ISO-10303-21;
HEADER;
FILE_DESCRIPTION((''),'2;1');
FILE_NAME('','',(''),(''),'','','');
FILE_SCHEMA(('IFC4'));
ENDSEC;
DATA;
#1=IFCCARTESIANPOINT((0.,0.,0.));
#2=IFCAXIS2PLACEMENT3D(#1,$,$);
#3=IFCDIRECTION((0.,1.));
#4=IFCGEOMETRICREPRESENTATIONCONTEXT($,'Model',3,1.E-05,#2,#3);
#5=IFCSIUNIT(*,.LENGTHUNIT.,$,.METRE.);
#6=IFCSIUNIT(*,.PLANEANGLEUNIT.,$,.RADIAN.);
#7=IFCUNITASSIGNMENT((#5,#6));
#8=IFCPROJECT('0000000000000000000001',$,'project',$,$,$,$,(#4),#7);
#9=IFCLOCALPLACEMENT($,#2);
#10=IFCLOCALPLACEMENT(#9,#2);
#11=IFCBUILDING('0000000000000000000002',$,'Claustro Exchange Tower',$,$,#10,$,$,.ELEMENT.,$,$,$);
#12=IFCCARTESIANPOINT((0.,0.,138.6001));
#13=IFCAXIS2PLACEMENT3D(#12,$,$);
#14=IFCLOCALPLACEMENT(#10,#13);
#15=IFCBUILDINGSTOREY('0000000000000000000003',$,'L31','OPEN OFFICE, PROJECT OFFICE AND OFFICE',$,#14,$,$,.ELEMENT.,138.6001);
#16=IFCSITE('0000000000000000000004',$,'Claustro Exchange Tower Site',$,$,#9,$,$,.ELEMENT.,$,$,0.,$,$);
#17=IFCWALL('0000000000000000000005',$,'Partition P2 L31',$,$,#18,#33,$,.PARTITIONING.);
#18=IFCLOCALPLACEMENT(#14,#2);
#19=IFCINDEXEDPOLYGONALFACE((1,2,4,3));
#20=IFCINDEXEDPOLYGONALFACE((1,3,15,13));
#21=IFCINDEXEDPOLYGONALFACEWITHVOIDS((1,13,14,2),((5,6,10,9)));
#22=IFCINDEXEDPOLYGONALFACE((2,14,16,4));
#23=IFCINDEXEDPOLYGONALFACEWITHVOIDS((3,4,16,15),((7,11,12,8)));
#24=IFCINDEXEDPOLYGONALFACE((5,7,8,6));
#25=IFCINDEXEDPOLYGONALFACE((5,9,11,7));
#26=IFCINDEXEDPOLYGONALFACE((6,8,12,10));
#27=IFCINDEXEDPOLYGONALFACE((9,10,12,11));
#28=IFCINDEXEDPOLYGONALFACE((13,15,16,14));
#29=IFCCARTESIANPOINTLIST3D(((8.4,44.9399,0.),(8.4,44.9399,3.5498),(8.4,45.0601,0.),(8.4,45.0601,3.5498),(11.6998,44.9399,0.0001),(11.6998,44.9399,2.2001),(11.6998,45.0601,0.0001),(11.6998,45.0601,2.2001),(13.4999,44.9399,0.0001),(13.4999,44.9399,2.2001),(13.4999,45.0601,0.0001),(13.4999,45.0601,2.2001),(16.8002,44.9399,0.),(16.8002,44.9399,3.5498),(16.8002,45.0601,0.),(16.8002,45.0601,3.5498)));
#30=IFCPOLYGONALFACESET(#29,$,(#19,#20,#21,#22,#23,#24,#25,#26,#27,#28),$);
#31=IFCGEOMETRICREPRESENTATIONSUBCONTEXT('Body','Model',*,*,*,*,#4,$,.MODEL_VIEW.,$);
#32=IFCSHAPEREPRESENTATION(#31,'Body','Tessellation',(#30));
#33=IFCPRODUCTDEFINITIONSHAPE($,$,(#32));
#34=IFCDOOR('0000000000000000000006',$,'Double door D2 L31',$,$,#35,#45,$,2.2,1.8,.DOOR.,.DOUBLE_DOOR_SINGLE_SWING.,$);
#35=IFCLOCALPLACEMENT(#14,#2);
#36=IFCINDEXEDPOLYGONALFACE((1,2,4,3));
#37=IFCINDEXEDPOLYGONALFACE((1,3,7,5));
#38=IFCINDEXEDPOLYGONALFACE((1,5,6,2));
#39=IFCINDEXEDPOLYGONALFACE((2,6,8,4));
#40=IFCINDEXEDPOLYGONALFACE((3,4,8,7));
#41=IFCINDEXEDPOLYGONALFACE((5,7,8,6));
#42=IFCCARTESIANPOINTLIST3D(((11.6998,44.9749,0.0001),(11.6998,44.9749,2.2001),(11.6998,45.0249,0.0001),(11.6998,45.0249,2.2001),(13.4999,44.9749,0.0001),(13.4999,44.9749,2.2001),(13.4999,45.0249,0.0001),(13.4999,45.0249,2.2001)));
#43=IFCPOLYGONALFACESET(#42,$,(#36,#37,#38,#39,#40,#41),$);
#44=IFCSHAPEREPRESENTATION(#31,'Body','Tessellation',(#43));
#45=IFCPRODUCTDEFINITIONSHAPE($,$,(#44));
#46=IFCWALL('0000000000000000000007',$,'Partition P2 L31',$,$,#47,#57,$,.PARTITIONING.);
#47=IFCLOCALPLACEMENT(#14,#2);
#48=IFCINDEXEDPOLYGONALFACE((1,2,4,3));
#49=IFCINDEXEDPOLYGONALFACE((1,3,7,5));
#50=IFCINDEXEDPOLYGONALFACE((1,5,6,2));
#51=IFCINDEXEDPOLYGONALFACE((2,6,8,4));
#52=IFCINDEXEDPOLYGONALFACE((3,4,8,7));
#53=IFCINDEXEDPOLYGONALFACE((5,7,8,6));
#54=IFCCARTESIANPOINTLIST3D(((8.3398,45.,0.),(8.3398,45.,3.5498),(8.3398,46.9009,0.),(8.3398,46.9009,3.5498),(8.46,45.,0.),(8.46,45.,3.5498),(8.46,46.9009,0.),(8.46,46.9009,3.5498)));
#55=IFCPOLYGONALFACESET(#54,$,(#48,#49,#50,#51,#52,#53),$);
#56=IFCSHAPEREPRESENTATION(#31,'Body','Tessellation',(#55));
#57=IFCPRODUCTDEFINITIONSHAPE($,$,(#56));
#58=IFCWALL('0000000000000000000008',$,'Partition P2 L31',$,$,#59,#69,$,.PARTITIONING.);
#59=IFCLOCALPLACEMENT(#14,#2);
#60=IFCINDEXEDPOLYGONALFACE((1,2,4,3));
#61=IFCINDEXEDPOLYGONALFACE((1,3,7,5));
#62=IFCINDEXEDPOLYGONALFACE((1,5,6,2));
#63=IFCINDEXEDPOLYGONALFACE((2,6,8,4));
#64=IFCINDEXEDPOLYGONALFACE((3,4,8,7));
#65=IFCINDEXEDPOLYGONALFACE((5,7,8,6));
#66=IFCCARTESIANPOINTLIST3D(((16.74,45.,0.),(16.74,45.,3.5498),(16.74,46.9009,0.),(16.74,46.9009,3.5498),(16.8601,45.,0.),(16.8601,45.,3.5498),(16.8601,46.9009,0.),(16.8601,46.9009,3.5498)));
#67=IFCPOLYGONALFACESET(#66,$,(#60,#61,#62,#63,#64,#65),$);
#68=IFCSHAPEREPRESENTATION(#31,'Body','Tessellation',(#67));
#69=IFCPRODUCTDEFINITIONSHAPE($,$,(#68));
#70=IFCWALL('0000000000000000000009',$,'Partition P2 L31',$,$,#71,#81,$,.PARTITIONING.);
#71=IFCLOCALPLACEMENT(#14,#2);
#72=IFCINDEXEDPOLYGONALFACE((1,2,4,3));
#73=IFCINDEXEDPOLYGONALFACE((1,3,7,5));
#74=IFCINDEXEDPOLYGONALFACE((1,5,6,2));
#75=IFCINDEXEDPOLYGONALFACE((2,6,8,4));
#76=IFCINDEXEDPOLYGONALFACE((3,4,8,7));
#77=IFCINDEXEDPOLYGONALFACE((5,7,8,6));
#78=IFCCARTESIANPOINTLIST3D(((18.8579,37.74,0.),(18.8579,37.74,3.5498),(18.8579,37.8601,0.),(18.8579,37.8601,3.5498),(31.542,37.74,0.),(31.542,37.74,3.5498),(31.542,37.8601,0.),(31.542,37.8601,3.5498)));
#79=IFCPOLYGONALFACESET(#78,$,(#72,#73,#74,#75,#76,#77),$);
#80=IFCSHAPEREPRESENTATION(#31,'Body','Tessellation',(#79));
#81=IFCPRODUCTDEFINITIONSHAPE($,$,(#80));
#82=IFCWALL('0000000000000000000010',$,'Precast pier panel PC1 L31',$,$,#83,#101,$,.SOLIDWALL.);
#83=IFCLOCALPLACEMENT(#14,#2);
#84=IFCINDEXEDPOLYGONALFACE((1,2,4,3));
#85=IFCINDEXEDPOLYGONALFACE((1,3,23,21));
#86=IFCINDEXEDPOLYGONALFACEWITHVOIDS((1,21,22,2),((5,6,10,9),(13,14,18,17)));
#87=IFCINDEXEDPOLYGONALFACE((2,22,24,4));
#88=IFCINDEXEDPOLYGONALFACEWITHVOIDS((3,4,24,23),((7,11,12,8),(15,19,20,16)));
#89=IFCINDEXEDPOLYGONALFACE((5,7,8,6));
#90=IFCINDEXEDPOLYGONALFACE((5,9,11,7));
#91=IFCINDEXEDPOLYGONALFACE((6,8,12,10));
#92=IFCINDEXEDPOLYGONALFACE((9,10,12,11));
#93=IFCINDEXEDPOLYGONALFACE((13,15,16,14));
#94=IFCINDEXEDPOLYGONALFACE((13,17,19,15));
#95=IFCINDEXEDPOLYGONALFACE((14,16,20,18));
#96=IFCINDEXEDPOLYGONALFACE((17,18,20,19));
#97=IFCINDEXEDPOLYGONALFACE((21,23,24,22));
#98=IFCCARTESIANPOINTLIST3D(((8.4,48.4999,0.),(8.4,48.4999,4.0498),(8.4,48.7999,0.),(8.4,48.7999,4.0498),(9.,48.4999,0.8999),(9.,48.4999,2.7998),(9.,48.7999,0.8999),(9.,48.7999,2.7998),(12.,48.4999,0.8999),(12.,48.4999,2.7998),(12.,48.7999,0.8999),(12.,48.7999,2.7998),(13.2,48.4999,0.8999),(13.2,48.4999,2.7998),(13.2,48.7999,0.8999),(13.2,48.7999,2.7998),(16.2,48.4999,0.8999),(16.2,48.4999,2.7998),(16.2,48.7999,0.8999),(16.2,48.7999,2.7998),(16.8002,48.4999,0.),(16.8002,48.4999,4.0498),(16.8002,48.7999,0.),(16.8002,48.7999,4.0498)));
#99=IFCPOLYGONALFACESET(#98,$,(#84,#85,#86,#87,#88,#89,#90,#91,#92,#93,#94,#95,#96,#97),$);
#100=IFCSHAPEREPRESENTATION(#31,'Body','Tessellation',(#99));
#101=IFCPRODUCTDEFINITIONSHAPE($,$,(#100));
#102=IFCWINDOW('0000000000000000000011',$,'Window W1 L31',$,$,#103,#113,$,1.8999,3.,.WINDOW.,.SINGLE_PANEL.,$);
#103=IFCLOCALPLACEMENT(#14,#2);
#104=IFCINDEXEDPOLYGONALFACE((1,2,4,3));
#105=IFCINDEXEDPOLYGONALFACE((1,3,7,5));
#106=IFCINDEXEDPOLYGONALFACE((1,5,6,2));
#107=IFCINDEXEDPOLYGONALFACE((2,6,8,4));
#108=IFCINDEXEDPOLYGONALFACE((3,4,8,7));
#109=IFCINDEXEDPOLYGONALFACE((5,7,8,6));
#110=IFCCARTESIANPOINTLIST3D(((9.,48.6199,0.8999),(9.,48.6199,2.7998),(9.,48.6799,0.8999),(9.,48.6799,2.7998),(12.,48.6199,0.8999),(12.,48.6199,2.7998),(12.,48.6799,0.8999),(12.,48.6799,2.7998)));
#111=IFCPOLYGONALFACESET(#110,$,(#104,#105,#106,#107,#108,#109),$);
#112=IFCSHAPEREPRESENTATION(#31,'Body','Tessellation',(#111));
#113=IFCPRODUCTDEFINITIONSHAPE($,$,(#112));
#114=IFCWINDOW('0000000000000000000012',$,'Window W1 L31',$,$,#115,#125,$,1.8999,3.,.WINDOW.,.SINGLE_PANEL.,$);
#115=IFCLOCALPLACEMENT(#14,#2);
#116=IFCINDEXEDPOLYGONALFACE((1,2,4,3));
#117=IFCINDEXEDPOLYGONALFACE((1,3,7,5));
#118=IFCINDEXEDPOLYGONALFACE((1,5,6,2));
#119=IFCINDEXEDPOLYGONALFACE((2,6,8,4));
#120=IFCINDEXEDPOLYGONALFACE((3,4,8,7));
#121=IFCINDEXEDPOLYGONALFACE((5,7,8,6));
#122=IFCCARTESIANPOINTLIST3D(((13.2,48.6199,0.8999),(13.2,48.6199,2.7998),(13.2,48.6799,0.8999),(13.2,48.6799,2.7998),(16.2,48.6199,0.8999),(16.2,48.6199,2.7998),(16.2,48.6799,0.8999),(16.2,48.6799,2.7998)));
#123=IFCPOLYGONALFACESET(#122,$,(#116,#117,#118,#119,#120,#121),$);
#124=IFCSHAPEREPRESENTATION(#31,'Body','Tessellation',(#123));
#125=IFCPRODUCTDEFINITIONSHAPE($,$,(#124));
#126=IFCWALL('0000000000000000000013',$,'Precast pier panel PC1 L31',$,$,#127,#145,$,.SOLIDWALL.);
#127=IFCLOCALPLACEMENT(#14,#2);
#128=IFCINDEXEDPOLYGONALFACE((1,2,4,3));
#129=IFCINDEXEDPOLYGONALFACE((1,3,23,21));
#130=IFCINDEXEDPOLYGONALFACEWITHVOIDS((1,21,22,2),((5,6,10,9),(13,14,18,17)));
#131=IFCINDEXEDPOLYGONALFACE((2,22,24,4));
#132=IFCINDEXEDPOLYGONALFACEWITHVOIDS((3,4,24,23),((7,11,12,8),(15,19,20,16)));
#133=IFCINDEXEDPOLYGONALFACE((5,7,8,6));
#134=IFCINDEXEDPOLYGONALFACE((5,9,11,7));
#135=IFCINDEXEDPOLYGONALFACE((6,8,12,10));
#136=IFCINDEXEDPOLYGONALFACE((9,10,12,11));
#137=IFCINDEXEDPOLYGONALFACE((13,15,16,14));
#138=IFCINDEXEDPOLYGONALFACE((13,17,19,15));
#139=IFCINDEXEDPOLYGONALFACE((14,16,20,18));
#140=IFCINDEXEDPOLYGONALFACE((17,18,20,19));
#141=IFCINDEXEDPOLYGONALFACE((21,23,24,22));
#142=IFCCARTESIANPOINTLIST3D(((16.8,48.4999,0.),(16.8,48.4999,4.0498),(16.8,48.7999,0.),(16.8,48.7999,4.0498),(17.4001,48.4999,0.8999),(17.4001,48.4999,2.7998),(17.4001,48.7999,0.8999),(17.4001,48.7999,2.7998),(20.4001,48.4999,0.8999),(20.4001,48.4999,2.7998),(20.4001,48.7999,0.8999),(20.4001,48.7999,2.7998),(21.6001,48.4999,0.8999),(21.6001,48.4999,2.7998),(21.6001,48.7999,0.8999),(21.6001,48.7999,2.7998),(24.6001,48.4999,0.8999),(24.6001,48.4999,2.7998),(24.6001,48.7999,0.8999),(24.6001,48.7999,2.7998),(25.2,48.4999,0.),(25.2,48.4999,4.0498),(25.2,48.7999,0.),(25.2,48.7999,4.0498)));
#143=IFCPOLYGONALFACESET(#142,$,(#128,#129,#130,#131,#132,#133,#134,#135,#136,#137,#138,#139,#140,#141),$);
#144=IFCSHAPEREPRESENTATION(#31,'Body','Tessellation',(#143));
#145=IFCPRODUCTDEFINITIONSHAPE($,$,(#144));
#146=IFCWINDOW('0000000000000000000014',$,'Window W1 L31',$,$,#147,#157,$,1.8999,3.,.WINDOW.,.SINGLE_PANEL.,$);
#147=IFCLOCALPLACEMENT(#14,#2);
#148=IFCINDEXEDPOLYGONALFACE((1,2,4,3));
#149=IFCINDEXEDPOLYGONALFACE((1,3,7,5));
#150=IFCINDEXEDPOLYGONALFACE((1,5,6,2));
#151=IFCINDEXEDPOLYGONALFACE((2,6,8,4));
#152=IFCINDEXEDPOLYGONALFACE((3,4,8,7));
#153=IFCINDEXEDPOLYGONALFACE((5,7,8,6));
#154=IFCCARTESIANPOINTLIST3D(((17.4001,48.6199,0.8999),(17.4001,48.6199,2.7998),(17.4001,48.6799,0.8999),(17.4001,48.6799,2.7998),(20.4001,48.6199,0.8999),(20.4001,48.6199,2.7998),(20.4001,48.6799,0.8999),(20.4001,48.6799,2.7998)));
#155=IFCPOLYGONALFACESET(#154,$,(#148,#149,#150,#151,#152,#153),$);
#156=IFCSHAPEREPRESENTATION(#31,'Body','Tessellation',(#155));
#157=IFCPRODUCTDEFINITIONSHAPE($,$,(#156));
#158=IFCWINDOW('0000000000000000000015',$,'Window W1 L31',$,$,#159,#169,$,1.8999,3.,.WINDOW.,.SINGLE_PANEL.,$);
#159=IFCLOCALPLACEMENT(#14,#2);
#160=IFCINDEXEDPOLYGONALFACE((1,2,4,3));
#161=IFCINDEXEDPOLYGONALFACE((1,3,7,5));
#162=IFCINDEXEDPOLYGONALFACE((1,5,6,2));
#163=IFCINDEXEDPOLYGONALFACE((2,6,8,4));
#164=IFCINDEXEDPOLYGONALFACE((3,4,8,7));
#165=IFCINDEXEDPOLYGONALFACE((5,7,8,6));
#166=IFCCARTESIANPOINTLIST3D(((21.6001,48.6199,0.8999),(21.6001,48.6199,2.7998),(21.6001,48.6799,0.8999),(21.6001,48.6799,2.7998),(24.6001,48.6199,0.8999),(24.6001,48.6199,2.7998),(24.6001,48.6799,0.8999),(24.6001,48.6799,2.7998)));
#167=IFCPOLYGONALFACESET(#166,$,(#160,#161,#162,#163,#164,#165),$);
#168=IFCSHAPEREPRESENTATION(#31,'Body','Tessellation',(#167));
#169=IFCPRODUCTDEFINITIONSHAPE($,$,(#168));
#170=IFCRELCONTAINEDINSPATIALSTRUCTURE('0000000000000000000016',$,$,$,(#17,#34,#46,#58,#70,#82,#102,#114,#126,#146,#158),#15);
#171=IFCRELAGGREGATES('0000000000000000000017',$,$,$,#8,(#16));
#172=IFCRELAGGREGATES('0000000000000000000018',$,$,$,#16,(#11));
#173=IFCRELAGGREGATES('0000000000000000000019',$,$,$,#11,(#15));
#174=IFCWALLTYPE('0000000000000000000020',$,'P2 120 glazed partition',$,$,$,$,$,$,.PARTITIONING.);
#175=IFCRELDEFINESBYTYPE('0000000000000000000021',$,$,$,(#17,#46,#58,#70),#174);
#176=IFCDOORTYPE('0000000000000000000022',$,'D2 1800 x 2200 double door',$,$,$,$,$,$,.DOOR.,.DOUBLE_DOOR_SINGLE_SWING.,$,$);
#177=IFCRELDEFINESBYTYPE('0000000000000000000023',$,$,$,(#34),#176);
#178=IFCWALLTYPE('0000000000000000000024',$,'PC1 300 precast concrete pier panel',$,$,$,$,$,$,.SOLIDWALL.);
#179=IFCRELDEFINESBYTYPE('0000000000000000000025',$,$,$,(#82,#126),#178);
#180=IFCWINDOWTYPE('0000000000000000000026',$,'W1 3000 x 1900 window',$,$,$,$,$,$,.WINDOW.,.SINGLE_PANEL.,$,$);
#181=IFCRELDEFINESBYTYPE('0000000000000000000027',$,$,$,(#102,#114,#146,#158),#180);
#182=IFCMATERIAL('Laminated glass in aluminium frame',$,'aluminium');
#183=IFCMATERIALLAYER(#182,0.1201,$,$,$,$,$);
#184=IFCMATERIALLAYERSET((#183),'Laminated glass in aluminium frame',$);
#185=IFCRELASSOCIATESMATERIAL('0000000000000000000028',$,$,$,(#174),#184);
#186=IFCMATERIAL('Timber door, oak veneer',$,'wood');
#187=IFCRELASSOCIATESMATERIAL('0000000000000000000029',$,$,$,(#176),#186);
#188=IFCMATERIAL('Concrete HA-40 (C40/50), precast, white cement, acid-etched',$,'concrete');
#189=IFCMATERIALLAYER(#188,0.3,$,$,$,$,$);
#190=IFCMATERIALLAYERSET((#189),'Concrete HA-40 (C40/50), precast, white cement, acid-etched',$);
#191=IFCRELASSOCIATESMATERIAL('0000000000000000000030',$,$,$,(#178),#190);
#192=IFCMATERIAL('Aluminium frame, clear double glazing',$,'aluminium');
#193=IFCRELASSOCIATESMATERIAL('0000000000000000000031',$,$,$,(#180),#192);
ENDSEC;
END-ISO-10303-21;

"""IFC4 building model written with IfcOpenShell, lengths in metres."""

from ifc_helpers import new_model, si_unit, direction, frame, frame_2d, origin, place, context, subcontext, project, spatial, rectangle, extrude, material, layer, layer_set, type_object, element, fill, save


model = new_model("IFC4")

# Units and contexts
model_context = context("Model", 3, precision=1e-05, world=origin(), true_north=direction((0.0, 1.0)))
body_context = subcontext(model_context, "Body", "Model", "MODEL_VIEW")
ifc_project = project(units=[si_unit("LENGTHUNIT", "METRE"), si_unit("PLANEANGLEUNIT", "RADIAN")], contexts=[model_context])

# Site, building, storey
site_placement = place(None, origin())
site = spatial("IfcSite", under=ifc_project, at=site_placement, Name="Claustro Exchange Tower Site", CompositionType="ELEMENT", RefElevation=0.0)
building_placement = place(site_placement, origin())
building = spatial("IfcBuilding", under=site, at=building_placement, Name="Claustro Exchange Tower", CompositionType="ELEMENT")
storey_placement = place(building_placement, frame((0.0, 0.0, 138.6001)))
storey = spatial("IfcBuildingStorey", under=building, at=storey_placement, Name="L31", Description="OPEN OFFICE, PROJECT OFFICE AND OFFICE", CompositionType="ELEMENT", Elevation=138.6001)

# Wall, opening, door
ifc_material_1 = material(Name="Laminated glass in aluminium frame", Category="aluminium")
ifc_layer_1 = layer(ifc_material_1, 0.1201)
ifc_layer_set_1 = layer_set([ifc_layer_1], Name="Laminated glass in aluminium frame")
wall_type_1 = type_object("IfcWallType", Name="P2 120 glazed partition", PredefinedType="PARTITIONING", material=ifc_layer_set_1)
wall_1_placement = place(storey_placement, frame((8.3999, 45.0, 0.0), z_axis=(0.0, 0.0, 1.0), x_axis=(1.0, 0.0, 0.0)))
wall_1 = element("IfcWall", 1, at=wall_1_placement, inside=storey, type_object=wall_type_1, Name="Partition P2 L31", PredefinedType="PARTITIONING", context=body_context, shape_type="SweptSolid", body=[
    extrude(rectangle(XDim=8.4001, YDim=0.1201, at=frame_2d((4.2002, 0.0))), origin(), (0.0, 0.0, 1.0), 3.5498),
])
opening_1_placement = place(wall_1_placement, frame((3.3, 0.0, 0.0)))
opening_1 = element("IfcOpeningElement", 2, at=opening_1_placement, cuts=wall_1, PredefinedType="OPENING", context=body_context, shape_type="SweptSolid", body=[
    extrude(rectangle(XDim=1.8, YDim=2.2, at=frame_2d((0.8999, 1.1001))), frame((0.0, 0.0701, 0.0), z_axis=(0.0, -1.0, 0.0), x_axis=(1.0, 0.0, 0.0)), (0.0, 0.0, 1.0), 0.1401),
])
ifc_material_2 = material(Name="Timber door, oak veneer", Category="wood")
door_type = type_object("IfcDoorType", Name="D2 1800 x 2200 double door", OperationType="DOUBLE_DOOR_SINGLE_SWING", PredefinedType="DOOR", material=ifc_material_2)
door_placement = place(opening_1_placement, origin())
door = element("IfcDoor", 3, at=door_placement, inside=storey, type_object=door_type, Name="Double door D2 L31", OperationType="DOUBLE_DOOR_SINGLE_SWING", OverallHeight=2.2, OverallWidth=1.8, PredefinedType="DOOR", context=body_context, shape_type="SweptSolid", body=[
    extrude(rectangle(XDim=1.8, YDim=2.2, at=frame_2d((0.8999, 1.1001))), frame((0.0, 0.0249, 0.0), z_axis=(0.0, -1.0, 0.0), x_axis=(1.0, 0.0, 0.0)), (0.0, 0.0, 1.0), 0.05),
])
fill(opening_1, door)

# Walls
for number, where, z_axis, x_axis, name in (
    (4, (8.3999, 45.0, 0.0), (0.0, 0.0, 1.0), (0.0, 1.0, 0.0), "Partition P2 L31"),
    (5, (16.8, 45.0, 0.0), (0.0, 0.0, 1.0), (0.0, 1.0, 0.0), "Partition P2 L31"),
):
    element("IfcWall", number, at=place(storey_placement, frame(where, z_axis=z_axis, x_axis=x_axis)), inside=storey, type_object=wall_type_1, Name=name, PredefinedType="PARTITIONING", context=body_context, shape_type="SweptSolid", body=[
        extrude(rectangle(XDim=1.9009, YDim=0.1201, at=frame_2d((0.9504, 0.0))), origin(), (0.0, 0.0, 1.0), 3.5498),
    ])
wall_2_placement = place(storey_placement, frame((18.8579, 37.8, 0.0), z_axis=(0.0, 0.0, 1.0), x_axis=(1.0, 0.0, 0.0)))
element("IfcWall", 6, at=wall_2_placement, inside=storey, type_object=wall_type_1, Name="Partition P2 L31", PredefinedType="PARTITIONING", context=body_context, shape_type="SweptSolid", body=[
    extrude(rectangle(XDim=12.6841, YDim=0.1201, at=frame_2d((6.342, 0.0))), origin(), (0.0, 0.0, 1.0), 3.5498),
])

# Walls, openings, windows
ifc_material_3 = material(Name="Concrete HA-40 (C40/50), precast, white cement, acid-etched", Category="concrete")
ifc_layer_2 = layer(ifc_material_3, 0.3)
ifc_layer_set_2 = layer_set([ifc_layer_2], Name="Concrete HA-40 (C40/50), precast, white cement, acid-etched")
wall_type_2 = type_object("IfcWallType", Name="PC1 300 precast concrete pier panel", PredefinedType="SOLIDWALL", material=ifc_layer_set_2)
wall_3_placement = place(storey_placement, frame((8.3999, 48.6499, 0.0), z_axis=(0.0, 0.0, 1.0), x_axis=(1.0, 0.0, 0.0)))
wall_3 = element("IfcWall", 7, at=wall_3_placement, inside=storey, type_object=wall_type_2, Name="Precast pier panel PC1 L31", PredefinedType="SOLIDWALL", context=body_context, shape_type="SweptSolid", body=[
    extrude(rectangle(XDim=8.4001, YDim=0.3, at=frame_2d((4.2002, 0.0))), origin(), (0.0, 0.0, 1.0), 4.0498),
])
opening_2_placement = place(wall_3_placement, frame((0.6001, 0.0, 0.8999)))
opening_2 = element("IfcOpeningElement", 8, at=opening_2_placement, cuts=wall_3, PredefinedType="OPENING", context=body_context, shape_type="SweptSolid", body=[
    extrude(rectangle(XDim=3.0, YDim=1.8999, at=frame_2d((1.5, 0.95))), frame((0.0, 0.1599, 0.0), z_axis=(0.0, -1.0, 0.0), x_axis=(1.0, 0.0, 0.0)), (0.0, 0.0, 1.0), 0.3201),
])
opening_3_placement = place(wall_3_placement, frame((4.8, 0.0, 0.8999)))
opening_3 = element("IfcOpeningElement", 9, at=opening_3_placement, cuts=wall_3, PredefinedType="OPENING", context=body_context, shape_type="SweptSolid", body=[
    extrude(rectangle(XDim=3.0, YDim=1.8999, at=frame_2d((1.5, 0.95))), frame((0.0, 0.1599, 0.0), z_axis=(0.0, -1.0, 0.0), x_axis=(1.0, 0.0, 0.0)), (0.0, 0.0, 1.0), 0.3201),
])
ifc_material_4 = material(Name="Aluminium frame, clear double glazing", Category="aluminium")
window_type = type_object("IfcWindowType", Name="W1 3000 x 1900 window", PartitioningType="SINGLE_PANEL", PredefinedType="WINDOW", material=ifc_material_4)
window_1_placement = place(opening_2_placement, origin())
window_1 = element("IfcWindow", 10, at=window_1_placement, inside=storey, type_object=window_type, Name="Window W1 L31", OverallHeight=1.8999, OverallWidth=3.0, PartitioningType="SINGLE_PANEL", PredefinedType="WINDOW", context=body_context, shape_type="SweptSolid", body=[
    extrude(rectangle(XDim=3.0, YDim=1.8999, at=frame_2d((1.5, 0.95))), frame((0.0, 0.03, 0.0), z_axis=(0.0, -1.0, 0.0), x_axis=(1.0, 0.0, 0.0)), (0.0, 0.0, 1.0), 0.0601),
])
fill(opening_2, window_1)
window_2_placement = place(opening_3_placement, origin())
window_2 = element("IfcWindow", 11, at=window_2_placement, inside=storey, type_object=window_type, Name="Window W1 L31", OverallHeight=1.8999, OverallWidth=3.0, PartitioningType="SINGLE_PANEL", PredefinedType="WINDOW", context=body_context, shape_type="SweptSolid", body=[
    extrude(rectangle(XDim=3.0, YDim=1.8999, at=frame_2d((1.5, 0.95))), frame((0.0, 0.03, 0.0), z_axis=(0.0, -1.0, 0.0), x_axis=(1.0, 0.0, 0.0)), (0.0, 0.0, 1.0), 0.0601),
])
fill(opening_3, window_2)
wall_4_placement = place(storey_placement, frame((16.8, 48.6499, 0.0), z_axis=(0.0, 0.0, 1.0), x_axis=(1.0, 0.0, 0.0)))
wall_4 = element("IfcWall", 12, at=wall_4_placement, inside=storey, type_object=wall_type_2, Name="Precast pier panel PC1 L31", PredefinedType="SOLIDWALL", context=body_context, shape_type="SweptSolid", body=[
    extrude(rectangle(XDim=8.3999, YDim=0.3, at=frame_2d((4.2, 0.0))), origin(), (0.0, 0.0, 1.0), 4.0498),
])
opening_4_placement = place(wall_4_placement, frame((0.6001, 0.0, 0.8999)))
opening_4 = element("IfcOpeningElement", 13, at=opening_4_placement, cuts=wall_4, PredefinedType="OPENING", context=body_context, shape_type="SweptSolid", body=[
    extrude(rectangle(XDim=3.0, YDim=1.8999, at=frame_2d((1.5, 0.95))), frame((0.0, 0.1599, 0.0), z_axis=(0.0, -1.0, 0.0), x_axis=(1.0, 0.0, 0.0)), (0.0, 0.0, 1.0), 0.3201),
])
opening_5_placement = place(wall_4_placement, frame((4.8, 0.0, 0.8999)))
opening_5 = element("IfcOpeningElement", 14, at=opening_5_placement, cuts=wall_4, PredefinedType="OPENING", context=body_context, shape_type="SweptSolid", body=[
    extrude(rectangle(XDim=3.0, YDim=1.8999, at=frame_2d((1.5, 0.95))), frame((0.0, 0.1599, 0.0), z_axis=(0.0, -1.0, 0.0), x_axis=(1.0, 0.0, 0.0)), (0.0, 0.0, 1.0), 0.3201),
])
window_3_placement = place(opening_4_placement, origin())
window_3 = element("IfcWindow", 15, at=window_3_placement, inside=storey, type_object=window_type, Name="Window W1 L31", OverallHeight=1.8999, OverallWidth=3.0, PartitioningType="SINGLE_PANEL", PredefinedType="WINDOW", context=body_context, shape_type="SweptSolid", body=[
    extrude(rectangle(XDim=3.0, YDim=1.8999, at=frame_2d((1.5, 0.95))), frame((0.0, 0.03, 0.0), z_axis=(0.0, -1.0, 0.0), x_axis=(1.0, 0.0, 0.0)), (0.0, 0.0, 1.0), 0.0601),
])
fill(opening_4, window_3)
window_4_placement = place(opening_5_placement, origin())
window_4 = element("IfcWindow", 16, at=window_4_placement, inside=storey, type_object=window_type, Name="Window W1 L31", OverallHeight=1.8999, OverallWidth=3.0, PartitioningType="SINGLE_PANEL", PredefinedType="WINDOW", context=body_context, shape_type="SweptSolid", body=[
    extrude(rectangle(XDim=3.0, YDim=1.8999, at=frame_2d((1.5, 0.95))), frame((0.0, 0.03, 0.0), z_axis=(0.0, -1.0, 0.0), x_axis=(1.0, 0.0, 0.0)), (0.0, 0.0, 1.0), 0.0601),
])
fill(opening_5, window_4)

save(model, "model.ifc")
